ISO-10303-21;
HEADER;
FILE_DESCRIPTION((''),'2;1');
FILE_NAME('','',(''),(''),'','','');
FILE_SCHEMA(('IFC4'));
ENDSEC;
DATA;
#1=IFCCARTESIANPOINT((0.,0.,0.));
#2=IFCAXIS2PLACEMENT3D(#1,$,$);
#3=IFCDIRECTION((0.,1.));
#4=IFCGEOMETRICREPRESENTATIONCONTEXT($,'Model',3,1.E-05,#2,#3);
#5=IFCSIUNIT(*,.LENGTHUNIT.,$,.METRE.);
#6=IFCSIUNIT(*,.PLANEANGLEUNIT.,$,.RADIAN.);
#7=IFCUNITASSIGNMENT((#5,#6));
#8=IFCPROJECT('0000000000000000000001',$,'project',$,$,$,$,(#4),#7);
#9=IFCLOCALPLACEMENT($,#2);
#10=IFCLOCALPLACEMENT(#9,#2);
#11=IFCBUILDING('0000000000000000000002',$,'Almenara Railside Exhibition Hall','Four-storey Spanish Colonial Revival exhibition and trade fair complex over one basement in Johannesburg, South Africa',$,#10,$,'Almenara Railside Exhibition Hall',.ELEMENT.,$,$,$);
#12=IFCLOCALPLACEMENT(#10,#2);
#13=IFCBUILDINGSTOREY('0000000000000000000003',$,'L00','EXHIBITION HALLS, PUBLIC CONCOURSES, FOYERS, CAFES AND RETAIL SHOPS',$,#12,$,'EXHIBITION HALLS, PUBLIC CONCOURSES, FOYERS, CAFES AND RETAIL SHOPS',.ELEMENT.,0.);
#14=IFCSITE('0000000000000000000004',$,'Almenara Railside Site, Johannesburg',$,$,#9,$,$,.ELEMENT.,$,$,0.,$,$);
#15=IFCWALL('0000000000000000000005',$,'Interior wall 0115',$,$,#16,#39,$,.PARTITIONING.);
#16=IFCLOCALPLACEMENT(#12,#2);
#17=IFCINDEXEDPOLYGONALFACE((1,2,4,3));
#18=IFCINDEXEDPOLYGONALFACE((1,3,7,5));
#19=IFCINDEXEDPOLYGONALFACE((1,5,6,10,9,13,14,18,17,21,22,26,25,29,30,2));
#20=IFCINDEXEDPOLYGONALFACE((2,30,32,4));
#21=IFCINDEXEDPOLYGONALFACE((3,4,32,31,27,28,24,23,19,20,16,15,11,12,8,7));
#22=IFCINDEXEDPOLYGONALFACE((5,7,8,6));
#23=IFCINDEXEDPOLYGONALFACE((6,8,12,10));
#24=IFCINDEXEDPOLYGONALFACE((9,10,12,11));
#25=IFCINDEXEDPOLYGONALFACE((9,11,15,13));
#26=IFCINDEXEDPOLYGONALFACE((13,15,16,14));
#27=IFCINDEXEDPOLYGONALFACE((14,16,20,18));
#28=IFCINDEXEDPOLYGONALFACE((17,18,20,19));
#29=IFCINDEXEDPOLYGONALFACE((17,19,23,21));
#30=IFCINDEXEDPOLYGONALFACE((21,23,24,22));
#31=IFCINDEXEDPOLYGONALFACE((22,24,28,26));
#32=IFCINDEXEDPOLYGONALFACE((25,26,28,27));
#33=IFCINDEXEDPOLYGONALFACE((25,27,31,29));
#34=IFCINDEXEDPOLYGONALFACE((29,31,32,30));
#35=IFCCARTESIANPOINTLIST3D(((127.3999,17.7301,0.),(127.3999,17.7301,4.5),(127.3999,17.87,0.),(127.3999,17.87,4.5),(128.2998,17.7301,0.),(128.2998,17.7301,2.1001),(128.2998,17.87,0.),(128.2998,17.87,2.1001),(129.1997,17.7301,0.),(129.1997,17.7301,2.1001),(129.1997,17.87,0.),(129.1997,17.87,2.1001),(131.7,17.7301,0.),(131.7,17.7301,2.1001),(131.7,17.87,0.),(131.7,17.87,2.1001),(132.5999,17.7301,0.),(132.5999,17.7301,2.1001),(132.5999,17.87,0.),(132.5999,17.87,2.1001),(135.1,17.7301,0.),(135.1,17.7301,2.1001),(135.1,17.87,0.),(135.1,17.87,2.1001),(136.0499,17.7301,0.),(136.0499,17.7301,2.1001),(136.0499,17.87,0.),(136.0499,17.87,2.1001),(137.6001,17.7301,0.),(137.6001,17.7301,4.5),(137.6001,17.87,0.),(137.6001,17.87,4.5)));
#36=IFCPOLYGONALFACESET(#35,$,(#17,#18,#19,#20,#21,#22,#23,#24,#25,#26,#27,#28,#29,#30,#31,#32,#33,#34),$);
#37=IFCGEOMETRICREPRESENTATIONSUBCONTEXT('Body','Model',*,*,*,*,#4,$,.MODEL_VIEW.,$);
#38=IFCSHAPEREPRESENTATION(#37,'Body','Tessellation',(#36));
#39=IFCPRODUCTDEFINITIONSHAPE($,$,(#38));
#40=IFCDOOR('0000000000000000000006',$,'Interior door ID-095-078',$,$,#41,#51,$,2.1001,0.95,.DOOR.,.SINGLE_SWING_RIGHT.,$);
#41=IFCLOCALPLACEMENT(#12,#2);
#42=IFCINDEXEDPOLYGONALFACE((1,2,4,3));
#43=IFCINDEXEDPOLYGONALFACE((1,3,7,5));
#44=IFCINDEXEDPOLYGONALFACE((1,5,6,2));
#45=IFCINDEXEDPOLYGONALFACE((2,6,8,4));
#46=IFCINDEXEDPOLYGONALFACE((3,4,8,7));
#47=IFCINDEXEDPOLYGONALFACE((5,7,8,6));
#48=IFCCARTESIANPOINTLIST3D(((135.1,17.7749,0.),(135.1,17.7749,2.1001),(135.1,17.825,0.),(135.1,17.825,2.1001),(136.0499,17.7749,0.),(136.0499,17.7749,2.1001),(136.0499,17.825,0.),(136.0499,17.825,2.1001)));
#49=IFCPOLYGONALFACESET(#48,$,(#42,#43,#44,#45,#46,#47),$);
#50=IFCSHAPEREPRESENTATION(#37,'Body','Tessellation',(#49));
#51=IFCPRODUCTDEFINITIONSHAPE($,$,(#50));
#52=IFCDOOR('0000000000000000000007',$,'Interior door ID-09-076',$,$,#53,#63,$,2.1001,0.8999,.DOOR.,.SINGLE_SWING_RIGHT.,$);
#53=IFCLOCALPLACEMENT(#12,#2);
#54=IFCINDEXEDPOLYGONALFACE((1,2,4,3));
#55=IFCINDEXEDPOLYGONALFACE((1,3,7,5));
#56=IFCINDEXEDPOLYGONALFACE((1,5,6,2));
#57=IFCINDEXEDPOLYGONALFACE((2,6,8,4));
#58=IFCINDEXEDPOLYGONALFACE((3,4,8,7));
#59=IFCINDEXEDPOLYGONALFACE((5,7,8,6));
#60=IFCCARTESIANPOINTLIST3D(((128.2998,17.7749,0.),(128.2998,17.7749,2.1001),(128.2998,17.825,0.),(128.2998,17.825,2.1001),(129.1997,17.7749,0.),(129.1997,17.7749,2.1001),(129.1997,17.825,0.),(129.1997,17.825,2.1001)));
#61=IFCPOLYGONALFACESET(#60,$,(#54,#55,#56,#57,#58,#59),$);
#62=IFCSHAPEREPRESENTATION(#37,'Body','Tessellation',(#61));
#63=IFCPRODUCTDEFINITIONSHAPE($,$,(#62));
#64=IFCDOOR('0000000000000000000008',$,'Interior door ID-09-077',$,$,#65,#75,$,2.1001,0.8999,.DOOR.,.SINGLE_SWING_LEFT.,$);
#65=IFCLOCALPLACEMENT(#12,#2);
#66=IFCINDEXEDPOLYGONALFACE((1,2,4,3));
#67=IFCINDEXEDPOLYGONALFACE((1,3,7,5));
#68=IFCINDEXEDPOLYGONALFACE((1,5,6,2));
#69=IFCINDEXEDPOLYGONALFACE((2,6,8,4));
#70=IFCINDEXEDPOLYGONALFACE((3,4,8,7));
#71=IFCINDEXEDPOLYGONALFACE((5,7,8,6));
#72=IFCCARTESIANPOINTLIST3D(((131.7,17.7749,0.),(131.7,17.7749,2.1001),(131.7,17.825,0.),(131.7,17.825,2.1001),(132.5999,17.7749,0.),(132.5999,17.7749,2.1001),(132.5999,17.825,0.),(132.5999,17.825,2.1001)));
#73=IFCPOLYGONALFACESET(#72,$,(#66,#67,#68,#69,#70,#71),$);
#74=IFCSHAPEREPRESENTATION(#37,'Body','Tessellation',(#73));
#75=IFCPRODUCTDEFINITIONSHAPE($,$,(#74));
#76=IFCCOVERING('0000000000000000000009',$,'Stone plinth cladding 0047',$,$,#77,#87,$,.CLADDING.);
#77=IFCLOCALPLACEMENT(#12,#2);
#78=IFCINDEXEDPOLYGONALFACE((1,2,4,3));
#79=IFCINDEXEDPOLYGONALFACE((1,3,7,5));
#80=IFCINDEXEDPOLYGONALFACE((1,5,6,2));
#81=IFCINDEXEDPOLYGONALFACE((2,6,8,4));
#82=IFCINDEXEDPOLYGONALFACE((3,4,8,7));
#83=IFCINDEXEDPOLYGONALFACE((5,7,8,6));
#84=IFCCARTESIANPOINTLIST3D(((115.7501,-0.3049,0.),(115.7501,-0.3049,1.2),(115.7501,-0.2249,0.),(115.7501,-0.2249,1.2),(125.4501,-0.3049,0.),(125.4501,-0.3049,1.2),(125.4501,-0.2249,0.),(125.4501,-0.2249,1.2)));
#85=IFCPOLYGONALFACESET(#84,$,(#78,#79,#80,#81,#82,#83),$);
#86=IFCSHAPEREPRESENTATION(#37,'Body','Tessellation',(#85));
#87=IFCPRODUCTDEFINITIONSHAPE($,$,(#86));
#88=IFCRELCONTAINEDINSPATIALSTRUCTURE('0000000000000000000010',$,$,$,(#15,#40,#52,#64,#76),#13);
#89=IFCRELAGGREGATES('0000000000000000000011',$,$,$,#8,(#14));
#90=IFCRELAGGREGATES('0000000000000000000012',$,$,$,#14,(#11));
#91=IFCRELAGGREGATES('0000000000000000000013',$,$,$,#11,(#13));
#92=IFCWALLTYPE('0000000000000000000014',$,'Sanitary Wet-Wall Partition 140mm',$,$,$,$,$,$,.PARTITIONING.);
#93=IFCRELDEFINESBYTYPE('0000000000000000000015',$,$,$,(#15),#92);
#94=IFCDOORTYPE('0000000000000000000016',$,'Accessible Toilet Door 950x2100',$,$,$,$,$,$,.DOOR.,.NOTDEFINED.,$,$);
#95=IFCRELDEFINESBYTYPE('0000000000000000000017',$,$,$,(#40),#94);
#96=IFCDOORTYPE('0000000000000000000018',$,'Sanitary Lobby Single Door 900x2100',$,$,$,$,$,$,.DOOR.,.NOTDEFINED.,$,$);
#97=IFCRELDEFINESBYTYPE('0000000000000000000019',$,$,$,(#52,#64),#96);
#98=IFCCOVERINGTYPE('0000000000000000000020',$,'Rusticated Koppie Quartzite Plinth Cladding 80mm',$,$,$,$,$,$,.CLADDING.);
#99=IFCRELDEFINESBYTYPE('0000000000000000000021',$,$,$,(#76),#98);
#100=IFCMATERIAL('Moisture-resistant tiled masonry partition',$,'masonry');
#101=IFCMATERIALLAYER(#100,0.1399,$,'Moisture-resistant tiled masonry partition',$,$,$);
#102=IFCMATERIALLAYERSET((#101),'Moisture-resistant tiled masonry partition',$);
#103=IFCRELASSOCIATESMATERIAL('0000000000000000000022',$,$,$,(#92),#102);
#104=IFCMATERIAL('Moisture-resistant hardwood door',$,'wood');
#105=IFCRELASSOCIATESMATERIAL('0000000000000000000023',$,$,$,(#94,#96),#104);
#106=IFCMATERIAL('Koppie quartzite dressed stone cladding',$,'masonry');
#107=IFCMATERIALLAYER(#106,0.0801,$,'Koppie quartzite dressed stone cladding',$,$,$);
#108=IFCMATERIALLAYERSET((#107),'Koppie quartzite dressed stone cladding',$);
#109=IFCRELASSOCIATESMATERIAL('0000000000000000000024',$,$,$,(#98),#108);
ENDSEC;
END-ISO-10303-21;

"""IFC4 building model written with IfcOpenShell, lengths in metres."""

from ifc_helpers import new_model, si_unit, direction, frame, frame_2d, origin, origin_2d, place, context, subcontext, project, spatial, rectangle, extrude, material, layer, layer_set, type_object, element, fill, save


model = new_model("IFC4")

# Units and contexts
model_context = context("Model", 3, precision=1e-05, world=origin(), true_north=direction((0.0, 1.0)))
body_context = subcontext(model_context, "Body", "Model", "MODEL_VIEW")
ifc_project = project(units=[si_unit("LENGTHUNIT", "METRE"), si_unit("PLANEANGLEUNIT", "RADIAN")], contexts=[model_context])

# Site, building, storey
site_placement = place(None, origin())
site = spatial("IfcSite", under=ifc_project, at=site_placement, Name="Almenara Railside Site, Johannesburg", CompositionType="ELEMENT", RefElevation=0.0)
building_placement = place(site_placement, origin())
building = spatial("IfcBuilding", under=site, at=building_placement, Name="Almenara Railside Exhibition Hall", Description="Four-storey Spanish Colonial Revival exhibition and trade fair complex over one basement in Johannesburg, South Africa", LongName="Almenara Railside Exhibition Hall", CompositionType="ELEMENT")
storey_placement = place(building_placement, origin())
storey = spatial("IfcBuildingStorey", under=building, at=storey_placement, Name="L00", Description="EXHIBITION HALLS, PUBLIC CONCOURSES, FOYERS, CAFES AND RETAIL SHOPS", LongName="EXHIBITION HALLS, PUBLIC CONCOURSES, FOYERS, CAFES AND RETAIL SHOPS", CompositionType="ELEMENT", Elevation=0.0)

# Wall, openings, doors
ifc_material_1 = material(Name="Moisture-resistant tiled masonry partition", Category="masonry")
ifc_layer_1 = layer(ifc_material_1, 0.1399, Name="Moisture-resistant tiled masonry partition")
ifc_layer_set_1 = layer_set([ifc_layer_1], Name="Moisture-resistant tiled masonry partition")
wall_type_1 = type_object("IfcWallType", Name="Sanitary Wet-Wall Partition 140mm", PredefinedType="PARTITIONING", material=ifc_layer_set_1)
wall_1_placement = place(storey_placement, frame((127.3999, 17.8, 0.0), z_axis=(0.0, 0.0, 1.0), x_axis=(1.0, 0.0, 0.0)))
wall_1 = element("IfcWall", 1, at=wall_1_placement, inside=storey, type_object=wall_type_1, Name="Interior wall 0115", PredefinedType="PARTITIONING", context=body_context, shape_type="SweptSolid", body=[
    extrude(rectangle(XDim=10.2002, YDim=0.1399, at=frame_2d((5.1001, 0.0))), origin(), (0.0, 0.0, 1.0), 4.5),
])
opening_1_placement = place(wall_1_placement, frame((0.8999, 0.0, 0.0)))
opening_1 = element("IfcOpeningElement", 2, at=opening_1_placement, cuts=wall_1, PredefinedType="OPENING", context=body_context, shape_type="SweptSolid", body=[
    extrude(rectangle(XDim=0.8999, YDim=2.1001, at=frame_2d((0.45, 1.05))), frame((0.0, 0.0798, 0.0), z_axis=(0.0, -1.0, 0.0), x_axis=(1.0, 0.0, 0.0)), (0.0, 0.0, 1.0), 0.1599),
])
opening_2_placement = place(wall_1_placement, frame((4.3, 0.0, 0.0)))
opening_2 = element("IfcOpeningElement", 3, at=opening_2_placement, cuts=wall_1, PredefinedType="OPENING", context=body_context, shape_type="SweptSolid", body=[
    extrude(rectangle(XDim=0.8999, YDim=2.1001, at=frame_2d((0.45, 1.05))), frame((0.0, 0.0798, 0.0), z_axis=(0.0, -1.0, 0.0), x_axis=(1.0, 0.0, 0.0)), (0.0, 0.0, 1.0), 0.1599),
])
opening_3_placement = place(wall_1_placement, frame((7.7, 0.0, 0.0)))
opening_3 = element("IfcOpeningElement", 4, at=opening_3_placement, cuts=wall_1, PredefinedType="OPENING", context=body_context, shape_type="SweptSolid", body=[
    extrude(rectangle(XDim=0.95, YDim=2.1001, at=frame_2d((0.4751, 1.05))), frame((0.0, 0.0798, 0.0), z_axis=(0.0, -1.0, 0.0), x_axis=(1.0, 0.0, 0.0)), (0.0, 0.0, 1.0), 0.1599),
])
ifc_material_2 = material(Name="Moisture-resistant hardwood door", Category="wood")
door_type_1 = type_object("IfcDoorType", Name="Accessible Toilet Door 950x2100", OperationType="NOTDEFINED", PredefinedType="DOOR", material=ifc_material_2)
door_1_placement = place(opening_3_placement, origin())
door_1 = element("IfcDoor", 5, at=door_1_placement, inside=storey, type_object=door_type_1, Name="Interior door ID-095-078", OperationType="SINGLE_SWING_RIGHT", OverallHeight=2.1001, OverallWidth=0.95, PredefinedType="DOOR", context=body_context, shape_type="SweptSolid", body=[
    extrude(rectangle(XDim=0.95, YDim=2.1001, at=frame_2d((0.4751, 1.05))), frame((0.0, 0.0249, 0.0), z_axis=(0.0, -1.0, 0.0), x_axis=(1.0, 0.0, 0.0)), (0.0, 0.0, 1.0), 0.05),
])
fill(opening_3, door_1)
door_type_2 = type_object("IfcDoorType", Name="Sanitary Lobby Single Door 900x2100", OperationType="NOTDEFINED", PredefinedType="DOOR", material=ifc_material_2)
door_2_placement = place(opening_1_placement, origin())
door_2 = element("IfcDoor", 6, at=door_2_placement, inside=storey, type_object=door_type_2, Name="Interior door ID-09-076", OperationType="SINGLE_SWING_RIGHT", OverallHeight=2.1001, OverallWidth=0.8999, PredefinedType="DOOR", context=body_context, shape_type="SweptSolid", body=[
    extrude(rectangle(XDim=0.8999, YDim=2.1001, at=frame_2d((0.45, 1.05))), frame((0.0, 0.0249, 0.0), z_axis=(0.0, -1.0, 0.0), x_axis=(1.0, 0.0, 0.0)), (0.0, 0.0, 1.0), 0.05),
])
fill(opening_1, door_2)
door_3_placement = place(opening_2_placement, origin())
door_3 = element("IfcDoor", 7, at=door_3_placement, inside=storey, type_object=door_type_2, Name="Interior door ID-09-077", OperationType="SINGLE_SWING_LEFT", OverallHeight=2.1001, OverallWidth=0.8999, PredefinedType="DOOR", context=body_context, shape_type="SweptSolid", body=[
    extrude(rectangle(XDim=0.8999, YDim=2.1001, at=frame_2d((0.45, 1.05))), frame((0.0, 0.0249, 0.0), z_axis=(0.0, -1.0, 0.0), x_axis=(1.0, 0.0, 0.0)), (0.0, 0.0, 1.0), 0.05),
])
fill(opening_2, door_3)

# Covering
ifc_material_3 = material(Name="Koppie quartzite dressed stone cladding", Category="masonry")
ifc_layer_2 = layer(ifc_material_3, 0.0801, Name="Koppie quartzite dressed stone cladding")
ifc_layer_set_2 = layer_set([ifc_layer_2], Name="Koppie quartzite dressed stone cladding")
covering_type = type_object("IfcCoveringType", Name="Rusticated Koppie Quartzite Plinth Cladding 80mm", PredefinedType="CLADDING", material=ifc_layer_set_2)
covering_placement = place(storey_placement, frame((120.6001, -0.2649, 0.0), z_axis=(0.0, 0.0, 1.0), x_axis=(1.0, 0.0, 0.0)))
element("IfcCovering", 8, at=covering_placement, inside=storey, type_object=covering_type, Name="Stone plinth cladding 0047", PredefinedType="CLADDING", context=body_context, shape_type="SweptSolid", body=[
    extrude(rectangle(XDim=9.7, YDim=0.0801, at=origin_2d()), origin(), (0.0, 0.0, 1.0), 1.2),
])

save(model, "model.ifc")
